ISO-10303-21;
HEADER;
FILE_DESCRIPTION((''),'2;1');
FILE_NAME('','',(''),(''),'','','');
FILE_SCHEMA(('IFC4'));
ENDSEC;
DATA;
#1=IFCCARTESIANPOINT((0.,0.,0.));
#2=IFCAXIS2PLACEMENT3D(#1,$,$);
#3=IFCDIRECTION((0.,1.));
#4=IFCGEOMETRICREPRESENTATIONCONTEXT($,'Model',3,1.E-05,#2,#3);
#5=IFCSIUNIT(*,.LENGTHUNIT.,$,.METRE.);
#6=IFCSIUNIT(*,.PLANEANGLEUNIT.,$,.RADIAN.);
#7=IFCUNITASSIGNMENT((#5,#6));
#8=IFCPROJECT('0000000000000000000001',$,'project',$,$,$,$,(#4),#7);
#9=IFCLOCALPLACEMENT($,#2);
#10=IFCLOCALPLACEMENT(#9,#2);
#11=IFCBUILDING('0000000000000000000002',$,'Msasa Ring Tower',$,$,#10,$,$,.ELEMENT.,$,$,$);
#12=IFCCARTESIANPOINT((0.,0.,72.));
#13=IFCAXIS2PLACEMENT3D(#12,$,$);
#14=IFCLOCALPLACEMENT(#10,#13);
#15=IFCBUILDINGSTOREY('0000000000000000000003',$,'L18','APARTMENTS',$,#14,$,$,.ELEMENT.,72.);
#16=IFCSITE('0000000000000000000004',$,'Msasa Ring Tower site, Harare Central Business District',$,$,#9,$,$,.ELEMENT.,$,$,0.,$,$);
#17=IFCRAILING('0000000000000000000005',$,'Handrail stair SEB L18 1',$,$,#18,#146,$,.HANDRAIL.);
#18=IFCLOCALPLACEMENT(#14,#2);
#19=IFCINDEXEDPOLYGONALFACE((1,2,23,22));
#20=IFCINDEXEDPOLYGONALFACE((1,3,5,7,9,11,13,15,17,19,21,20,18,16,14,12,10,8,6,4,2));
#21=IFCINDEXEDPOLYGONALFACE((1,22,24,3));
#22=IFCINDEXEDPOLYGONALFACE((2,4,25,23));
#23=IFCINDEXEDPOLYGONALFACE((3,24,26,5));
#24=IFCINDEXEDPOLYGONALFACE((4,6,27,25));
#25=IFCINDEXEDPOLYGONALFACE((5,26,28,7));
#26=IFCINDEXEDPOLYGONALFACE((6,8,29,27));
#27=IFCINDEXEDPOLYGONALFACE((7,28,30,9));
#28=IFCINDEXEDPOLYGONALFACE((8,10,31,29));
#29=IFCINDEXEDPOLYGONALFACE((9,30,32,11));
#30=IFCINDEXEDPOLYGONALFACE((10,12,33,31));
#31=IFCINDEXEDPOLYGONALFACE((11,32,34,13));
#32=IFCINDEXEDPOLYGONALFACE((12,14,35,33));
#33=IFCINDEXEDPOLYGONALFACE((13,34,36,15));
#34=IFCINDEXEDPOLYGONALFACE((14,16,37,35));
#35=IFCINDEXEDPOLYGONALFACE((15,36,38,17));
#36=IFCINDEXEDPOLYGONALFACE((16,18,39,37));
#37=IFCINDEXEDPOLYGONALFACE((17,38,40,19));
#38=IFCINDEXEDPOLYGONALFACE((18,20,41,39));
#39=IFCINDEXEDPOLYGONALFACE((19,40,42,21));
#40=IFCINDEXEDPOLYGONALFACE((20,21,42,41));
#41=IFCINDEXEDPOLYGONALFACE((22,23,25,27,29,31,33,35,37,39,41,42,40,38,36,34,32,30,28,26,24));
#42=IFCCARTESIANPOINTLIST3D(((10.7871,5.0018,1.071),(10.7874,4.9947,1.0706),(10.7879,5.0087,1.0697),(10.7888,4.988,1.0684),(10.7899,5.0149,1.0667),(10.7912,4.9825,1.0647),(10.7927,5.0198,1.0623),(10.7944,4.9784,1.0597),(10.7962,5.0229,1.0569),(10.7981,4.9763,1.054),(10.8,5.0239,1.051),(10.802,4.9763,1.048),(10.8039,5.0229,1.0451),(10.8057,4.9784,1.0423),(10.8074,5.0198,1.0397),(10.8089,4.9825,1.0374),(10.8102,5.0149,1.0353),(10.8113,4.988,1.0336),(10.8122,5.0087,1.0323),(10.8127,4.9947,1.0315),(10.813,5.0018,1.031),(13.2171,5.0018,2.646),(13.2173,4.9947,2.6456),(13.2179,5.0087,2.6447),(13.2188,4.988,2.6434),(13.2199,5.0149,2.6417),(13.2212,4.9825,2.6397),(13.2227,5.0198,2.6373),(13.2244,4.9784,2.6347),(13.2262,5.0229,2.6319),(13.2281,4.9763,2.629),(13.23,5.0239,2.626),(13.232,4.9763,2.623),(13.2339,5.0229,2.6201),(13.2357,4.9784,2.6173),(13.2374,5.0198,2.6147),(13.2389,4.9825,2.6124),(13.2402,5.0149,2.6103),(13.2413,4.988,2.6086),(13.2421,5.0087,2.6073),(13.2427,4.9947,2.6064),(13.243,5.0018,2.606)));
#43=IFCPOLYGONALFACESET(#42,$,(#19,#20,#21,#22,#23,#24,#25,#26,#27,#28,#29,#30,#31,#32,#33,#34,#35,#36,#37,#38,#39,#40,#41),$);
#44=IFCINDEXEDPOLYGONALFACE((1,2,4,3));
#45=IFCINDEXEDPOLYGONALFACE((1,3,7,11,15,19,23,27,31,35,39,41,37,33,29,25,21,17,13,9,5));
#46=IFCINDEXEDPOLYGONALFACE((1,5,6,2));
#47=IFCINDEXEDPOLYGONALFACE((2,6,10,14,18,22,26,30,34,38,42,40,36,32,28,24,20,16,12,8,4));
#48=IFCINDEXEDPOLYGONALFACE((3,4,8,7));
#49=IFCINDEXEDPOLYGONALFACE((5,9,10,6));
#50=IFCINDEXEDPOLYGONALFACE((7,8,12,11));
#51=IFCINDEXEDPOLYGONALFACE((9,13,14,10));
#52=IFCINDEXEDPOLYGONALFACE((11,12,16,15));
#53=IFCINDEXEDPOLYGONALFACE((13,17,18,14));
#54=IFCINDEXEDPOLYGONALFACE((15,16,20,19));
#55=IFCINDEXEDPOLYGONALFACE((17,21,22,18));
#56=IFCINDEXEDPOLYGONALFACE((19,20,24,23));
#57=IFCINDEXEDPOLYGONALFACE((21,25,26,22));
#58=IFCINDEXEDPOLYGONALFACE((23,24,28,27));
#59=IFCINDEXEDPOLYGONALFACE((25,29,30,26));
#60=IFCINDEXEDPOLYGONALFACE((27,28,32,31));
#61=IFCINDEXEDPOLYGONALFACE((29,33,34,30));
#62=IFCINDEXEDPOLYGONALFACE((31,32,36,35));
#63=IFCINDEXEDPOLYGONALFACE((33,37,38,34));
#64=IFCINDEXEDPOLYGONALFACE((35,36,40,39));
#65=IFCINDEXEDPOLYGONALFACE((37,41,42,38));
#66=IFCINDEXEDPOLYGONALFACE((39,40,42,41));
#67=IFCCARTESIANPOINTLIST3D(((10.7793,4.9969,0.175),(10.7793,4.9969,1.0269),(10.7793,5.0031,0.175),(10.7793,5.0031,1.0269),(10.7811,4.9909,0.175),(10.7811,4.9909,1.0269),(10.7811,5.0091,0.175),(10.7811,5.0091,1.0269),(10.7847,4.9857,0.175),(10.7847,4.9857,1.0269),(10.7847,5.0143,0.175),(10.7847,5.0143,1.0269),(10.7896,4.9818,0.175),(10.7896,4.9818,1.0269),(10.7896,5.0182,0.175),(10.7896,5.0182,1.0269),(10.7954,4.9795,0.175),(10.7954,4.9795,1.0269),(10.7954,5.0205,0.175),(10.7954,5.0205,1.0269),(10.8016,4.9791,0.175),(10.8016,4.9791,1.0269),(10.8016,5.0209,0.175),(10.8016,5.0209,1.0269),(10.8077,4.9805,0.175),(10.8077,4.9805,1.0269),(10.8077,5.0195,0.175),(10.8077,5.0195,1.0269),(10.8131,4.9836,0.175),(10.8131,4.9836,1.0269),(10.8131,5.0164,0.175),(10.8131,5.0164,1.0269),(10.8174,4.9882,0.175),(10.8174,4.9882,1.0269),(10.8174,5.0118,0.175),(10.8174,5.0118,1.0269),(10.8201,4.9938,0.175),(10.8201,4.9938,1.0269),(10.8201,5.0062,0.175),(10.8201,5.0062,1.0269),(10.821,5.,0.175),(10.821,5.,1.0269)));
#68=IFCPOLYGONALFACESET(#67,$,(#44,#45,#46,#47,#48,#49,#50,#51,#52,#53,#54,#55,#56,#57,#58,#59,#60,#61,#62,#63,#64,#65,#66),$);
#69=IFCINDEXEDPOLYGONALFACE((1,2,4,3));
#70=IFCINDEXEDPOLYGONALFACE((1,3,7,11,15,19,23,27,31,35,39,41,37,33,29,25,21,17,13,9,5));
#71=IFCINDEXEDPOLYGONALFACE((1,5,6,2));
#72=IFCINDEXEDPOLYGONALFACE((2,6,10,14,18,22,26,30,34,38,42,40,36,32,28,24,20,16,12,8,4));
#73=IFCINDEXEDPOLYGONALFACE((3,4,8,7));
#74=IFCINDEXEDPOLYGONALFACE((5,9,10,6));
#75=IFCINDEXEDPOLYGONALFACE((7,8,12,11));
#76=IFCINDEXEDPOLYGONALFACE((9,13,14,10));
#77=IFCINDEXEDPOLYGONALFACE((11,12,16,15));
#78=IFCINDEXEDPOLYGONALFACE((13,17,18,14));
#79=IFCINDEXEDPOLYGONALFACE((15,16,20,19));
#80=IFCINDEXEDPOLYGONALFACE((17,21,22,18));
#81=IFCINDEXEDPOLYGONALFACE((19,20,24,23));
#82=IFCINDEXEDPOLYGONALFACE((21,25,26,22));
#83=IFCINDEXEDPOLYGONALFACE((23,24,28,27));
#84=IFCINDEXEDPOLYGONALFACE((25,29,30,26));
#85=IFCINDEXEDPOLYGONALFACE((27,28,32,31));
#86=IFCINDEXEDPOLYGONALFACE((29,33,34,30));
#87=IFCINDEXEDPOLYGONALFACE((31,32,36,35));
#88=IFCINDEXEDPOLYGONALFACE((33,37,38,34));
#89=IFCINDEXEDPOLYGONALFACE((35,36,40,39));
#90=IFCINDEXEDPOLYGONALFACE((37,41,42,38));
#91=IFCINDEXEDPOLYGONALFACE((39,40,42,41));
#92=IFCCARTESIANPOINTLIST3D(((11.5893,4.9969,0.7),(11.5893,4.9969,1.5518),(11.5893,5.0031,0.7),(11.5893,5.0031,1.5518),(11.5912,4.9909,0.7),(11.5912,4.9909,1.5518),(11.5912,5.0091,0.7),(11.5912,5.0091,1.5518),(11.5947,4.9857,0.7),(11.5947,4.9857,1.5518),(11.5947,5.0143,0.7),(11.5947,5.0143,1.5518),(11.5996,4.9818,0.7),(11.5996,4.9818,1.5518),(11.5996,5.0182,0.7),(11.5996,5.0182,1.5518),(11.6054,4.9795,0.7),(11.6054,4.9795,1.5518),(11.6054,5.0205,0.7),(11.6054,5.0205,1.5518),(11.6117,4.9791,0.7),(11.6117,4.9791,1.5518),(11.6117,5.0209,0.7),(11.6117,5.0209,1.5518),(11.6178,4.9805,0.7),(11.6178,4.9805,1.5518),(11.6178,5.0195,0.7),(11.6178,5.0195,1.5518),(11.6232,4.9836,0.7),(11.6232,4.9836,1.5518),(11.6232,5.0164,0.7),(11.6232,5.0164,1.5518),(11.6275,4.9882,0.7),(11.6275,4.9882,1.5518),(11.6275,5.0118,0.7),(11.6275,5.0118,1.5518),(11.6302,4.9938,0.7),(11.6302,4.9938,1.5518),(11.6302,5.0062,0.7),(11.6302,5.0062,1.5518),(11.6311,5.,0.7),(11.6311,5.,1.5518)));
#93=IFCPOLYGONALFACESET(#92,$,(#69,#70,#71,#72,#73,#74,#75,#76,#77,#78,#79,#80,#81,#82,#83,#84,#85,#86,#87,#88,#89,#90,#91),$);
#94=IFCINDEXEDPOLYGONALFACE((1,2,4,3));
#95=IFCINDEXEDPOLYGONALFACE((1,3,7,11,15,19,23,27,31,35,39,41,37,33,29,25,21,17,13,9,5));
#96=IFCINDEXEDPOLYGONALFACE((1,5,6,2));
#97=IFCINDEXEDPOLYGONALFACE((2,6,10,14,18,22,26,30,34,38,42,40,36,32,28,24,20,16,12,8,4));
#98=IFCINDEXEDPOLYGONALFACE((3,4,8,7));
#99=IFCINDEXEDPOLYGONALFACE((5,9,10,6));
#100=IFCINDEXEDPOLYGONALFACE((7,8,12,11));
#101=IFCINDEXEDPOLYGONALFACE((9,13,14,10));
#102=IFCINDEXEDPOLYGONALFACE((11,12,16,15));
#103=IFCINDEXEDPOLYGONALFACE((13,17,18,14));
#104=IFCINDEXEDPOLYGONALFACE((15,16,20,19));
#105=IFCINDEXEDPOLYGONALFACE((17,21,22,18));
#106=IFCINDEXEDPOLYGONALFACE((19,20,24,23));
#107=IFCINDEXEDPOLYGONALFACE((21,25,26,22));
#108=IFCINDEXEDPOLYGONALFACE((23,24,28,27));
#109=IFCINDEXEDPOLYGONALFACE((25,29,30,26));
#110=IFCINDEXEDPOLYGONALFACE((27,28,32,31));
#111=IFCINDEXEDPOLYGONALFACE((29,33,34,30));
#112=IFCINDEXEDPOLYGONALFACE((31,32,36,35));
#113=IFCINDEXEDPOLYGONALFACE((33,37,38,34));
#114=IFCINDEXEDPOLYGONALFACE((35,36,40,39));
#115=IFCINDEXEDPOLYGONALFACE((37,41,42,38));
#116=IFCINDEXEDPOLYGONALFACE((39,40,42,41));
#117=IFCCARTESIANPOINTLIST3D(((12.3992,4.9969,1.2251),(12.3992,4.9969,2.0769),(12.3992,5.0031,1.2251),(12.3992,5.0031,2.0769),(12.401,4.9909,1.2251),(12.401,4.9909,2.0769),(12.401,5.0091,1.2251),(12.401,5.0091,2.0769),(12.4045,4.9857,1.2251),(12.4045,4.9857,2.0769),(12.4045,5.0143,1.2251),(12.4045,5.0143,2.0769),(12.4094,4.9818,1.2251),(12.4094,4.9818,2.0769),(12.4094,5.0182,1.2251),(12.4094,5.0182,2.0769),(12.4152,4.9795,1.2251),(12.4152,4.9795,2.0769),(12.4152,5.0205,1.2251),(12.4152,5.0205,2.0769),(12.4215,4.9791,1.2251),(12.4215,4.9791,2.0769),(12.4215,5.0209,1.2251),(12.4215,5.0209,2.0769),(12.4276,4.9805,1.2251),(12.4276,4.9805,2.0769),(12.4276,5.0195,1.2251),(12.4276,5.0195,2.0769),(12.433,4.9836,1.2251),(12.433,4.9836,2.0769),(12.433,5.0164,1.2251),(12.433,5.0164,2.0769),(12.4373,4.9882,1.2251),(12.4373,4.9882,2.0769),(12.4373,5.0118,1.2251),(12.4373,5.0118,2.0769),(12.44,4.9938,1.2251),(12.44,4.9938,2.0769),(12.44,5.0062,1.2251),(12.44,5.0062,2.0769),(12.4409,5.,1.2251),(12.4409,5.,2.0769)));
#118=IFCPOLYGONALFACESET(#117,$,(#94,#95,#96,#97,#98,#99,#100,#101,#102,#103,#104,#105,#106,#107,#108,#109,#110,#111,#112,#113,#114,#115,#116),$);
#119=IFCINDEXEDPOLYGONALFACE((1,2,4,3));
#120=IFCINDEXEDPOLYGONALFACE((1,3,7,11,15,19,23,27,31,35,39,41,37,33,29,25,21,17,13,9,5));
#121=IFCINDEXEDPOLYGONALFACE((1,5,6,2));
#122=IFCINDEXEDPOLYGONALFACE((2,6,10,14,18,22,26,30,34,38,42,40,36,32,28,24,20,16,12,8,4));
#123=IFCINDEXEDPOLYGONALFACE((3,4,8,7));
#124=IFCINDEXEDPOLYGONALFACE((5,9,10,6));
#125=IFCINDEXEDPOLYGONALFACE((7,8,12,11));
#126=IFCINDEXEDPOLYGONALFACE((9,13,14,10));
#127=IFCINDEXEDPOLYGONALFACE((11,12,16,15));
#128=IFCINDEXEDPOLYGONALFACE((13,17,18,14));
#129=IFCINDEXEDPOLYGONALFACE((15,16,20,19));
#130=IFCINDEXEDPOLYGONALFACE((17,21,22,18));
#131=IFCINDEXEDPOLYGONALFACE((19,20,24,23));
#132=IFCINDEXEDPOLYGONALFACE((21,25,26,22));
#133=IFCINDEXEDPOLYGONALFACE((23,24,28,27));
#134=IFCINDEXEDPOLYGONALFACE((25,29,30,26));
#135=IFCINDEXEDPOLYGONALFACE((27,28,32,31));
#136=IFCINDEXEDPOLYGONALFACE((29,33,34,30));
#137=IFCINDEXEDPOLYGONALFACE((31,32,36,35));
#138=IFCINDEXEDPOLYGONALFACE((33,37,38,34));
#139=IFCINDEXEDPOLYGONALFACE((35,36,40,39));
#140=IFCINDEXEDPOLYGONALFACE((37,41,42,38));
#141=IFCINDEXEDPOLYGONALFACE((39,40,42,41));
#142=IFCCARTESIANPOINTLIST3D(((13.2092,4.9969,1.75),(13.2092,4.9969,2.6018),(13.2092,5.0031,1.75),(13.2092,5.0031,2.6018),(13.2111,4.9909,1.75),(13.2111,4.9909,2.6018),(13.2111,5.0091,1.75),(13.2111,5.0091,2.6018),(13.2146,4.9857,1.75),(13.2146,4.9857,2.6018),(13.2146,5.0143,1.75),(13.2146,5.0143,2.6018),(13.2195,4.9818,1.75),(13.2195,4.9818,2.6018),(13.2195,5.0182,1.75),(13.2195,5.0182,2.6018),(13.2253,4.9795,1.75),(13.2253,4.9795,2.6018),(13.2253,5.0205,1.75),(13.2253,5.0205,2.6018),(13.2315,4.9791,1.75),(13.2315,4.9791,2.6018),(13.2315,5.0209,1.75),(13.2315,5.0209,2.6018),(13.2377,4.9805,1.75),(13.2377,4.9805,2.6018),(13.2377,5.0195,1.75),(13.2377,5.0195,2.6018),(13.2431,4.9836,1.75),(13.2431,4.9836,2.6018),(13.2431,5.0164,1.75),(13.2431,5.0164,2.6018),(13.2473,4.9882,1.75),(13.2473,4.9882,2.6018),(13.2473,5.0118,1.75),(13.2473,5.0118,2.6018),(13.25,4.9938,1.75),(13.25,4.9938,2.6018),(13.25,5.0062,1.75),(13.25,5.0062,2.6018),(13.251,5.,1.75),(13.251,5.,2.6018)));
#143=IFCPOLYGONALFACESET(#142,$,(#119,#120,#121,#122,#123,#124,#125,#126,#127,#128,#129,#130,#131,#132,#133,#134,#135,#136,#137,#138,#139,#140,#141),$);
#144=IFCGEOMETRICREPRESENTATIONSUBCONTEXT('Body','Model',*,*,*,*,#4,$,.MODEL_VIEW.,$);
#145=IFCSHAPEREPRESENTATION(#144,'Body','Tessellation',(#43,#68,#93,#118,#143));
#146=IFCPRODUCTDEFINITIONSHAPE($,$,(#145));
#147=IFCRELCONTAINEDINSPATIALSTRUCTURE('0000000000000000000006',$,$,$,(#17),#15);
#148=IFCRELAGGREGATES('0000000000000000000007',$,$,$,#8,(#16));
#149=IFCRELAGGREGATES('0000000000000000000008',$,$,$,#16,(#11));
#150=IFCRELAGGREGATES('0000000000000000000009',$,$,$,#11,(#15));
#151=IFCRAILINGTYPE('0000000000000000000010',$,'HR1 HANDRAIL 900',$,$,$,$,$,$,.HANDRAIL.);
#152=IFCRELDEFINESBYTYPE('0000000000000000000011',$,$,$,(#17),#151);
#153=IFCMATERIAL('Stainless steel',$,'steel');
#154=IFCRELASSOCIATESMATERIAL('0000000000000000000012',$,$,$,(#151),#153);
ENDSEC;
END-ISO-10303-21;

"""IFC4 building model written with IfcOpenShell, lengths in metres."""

from ifc_helpers import new_model, si_unit, direction, frame, origin, origin_2d, place, context, subcontext, project, spatial, circle, extrude, material, type_object, element, save


model = new_model("IFC4")

# Units and contexts
model_context = context("Model", 3, precision=1e-05, world=origin(), true_north=direction((0.0, 1.0)))
body_context = subcontext(model_context, "Body", "Model", "MODEL_VIEW")
ifc_project = project(units=[si_unit("LENGTHUNIT", "METRE"), si_unit("PLANEANGLEUNIT", "RADIAN")], contexts=[model_context])

# Site, building, storey
site_placement = place(None, origin())
site = spatial("IfcSite", under=ifc_project, at=site_placement, Name="Msasa Ring Tower site, Harare Central Business District", CompositionType="ELEMENT", RefElevation=0.0)
building_placement = place(site_placement, origin())
building = spatial("IfcBuilding", under=site, at=building_placement, Name="Msasa Ring Tower", CompositionType="ELEMENT")
storey_placement = place(building_placement, frame((0.0, 0.0, 72.0)))
storey = spatial("IfcBuildingStorey", under=building, at=storey_placement, Name="L18", Description="APARTMENTS", CompositionType="ELEMENT", Elevation=72.0)

# Railing
ifc_material_1 = material(Name="Stainless steel", Category="steel")
railing_type = type_object("IfcRailingType", Name="HR1 HANDRAIL 900", PredefinedType="HANDRAIL", material=ifc_material_1)
for number, where, name in (
    (1, (10.8, 5.0, 0.175), "Handrail stair SEB L18 1"),
):
    element("IfcRailing", number, at=place(storey_placement, frame(where)), inside=storey, type_object=railing_type, Name=name, PredefinedType="HANDRAIL", context=body_context, shape_type="SweptSolid", body=[
        extrude(circle(Radius=0.0239, at=origin_2d()), frame((0.0, 0.0, 0.876), z_axis=(0.839154, 0.0, 0.543894), x_axis=(0.0, 1.0, 0.0)), (0.0, 0.0, 1.0), 2.8958),
        extrude(circle(Radius=0.021, at=origin_2d()), origin(), (0.0, 0.0, 1.0), 0.8518),
        extrude(circle(Radius=0.021, at=origin_2d()), frame((0.8101, 0.0, 0.5249)), (0.0, 0.0, 1.0), 0.8518),
        extrude(circle(Radius=0.021, at=origin_2d()), frame((1.6199, 0.0, 1.05)), (0.0, 0.0, 1.0), 0.8518),
        extrude(circle(Radius=0.021, at=origin_2d()), frame((2.4299, 0.0, 1.575)), (0.0, 0.0, 1.0), 0.8518),
    ])

save(model, "model.ifc")
